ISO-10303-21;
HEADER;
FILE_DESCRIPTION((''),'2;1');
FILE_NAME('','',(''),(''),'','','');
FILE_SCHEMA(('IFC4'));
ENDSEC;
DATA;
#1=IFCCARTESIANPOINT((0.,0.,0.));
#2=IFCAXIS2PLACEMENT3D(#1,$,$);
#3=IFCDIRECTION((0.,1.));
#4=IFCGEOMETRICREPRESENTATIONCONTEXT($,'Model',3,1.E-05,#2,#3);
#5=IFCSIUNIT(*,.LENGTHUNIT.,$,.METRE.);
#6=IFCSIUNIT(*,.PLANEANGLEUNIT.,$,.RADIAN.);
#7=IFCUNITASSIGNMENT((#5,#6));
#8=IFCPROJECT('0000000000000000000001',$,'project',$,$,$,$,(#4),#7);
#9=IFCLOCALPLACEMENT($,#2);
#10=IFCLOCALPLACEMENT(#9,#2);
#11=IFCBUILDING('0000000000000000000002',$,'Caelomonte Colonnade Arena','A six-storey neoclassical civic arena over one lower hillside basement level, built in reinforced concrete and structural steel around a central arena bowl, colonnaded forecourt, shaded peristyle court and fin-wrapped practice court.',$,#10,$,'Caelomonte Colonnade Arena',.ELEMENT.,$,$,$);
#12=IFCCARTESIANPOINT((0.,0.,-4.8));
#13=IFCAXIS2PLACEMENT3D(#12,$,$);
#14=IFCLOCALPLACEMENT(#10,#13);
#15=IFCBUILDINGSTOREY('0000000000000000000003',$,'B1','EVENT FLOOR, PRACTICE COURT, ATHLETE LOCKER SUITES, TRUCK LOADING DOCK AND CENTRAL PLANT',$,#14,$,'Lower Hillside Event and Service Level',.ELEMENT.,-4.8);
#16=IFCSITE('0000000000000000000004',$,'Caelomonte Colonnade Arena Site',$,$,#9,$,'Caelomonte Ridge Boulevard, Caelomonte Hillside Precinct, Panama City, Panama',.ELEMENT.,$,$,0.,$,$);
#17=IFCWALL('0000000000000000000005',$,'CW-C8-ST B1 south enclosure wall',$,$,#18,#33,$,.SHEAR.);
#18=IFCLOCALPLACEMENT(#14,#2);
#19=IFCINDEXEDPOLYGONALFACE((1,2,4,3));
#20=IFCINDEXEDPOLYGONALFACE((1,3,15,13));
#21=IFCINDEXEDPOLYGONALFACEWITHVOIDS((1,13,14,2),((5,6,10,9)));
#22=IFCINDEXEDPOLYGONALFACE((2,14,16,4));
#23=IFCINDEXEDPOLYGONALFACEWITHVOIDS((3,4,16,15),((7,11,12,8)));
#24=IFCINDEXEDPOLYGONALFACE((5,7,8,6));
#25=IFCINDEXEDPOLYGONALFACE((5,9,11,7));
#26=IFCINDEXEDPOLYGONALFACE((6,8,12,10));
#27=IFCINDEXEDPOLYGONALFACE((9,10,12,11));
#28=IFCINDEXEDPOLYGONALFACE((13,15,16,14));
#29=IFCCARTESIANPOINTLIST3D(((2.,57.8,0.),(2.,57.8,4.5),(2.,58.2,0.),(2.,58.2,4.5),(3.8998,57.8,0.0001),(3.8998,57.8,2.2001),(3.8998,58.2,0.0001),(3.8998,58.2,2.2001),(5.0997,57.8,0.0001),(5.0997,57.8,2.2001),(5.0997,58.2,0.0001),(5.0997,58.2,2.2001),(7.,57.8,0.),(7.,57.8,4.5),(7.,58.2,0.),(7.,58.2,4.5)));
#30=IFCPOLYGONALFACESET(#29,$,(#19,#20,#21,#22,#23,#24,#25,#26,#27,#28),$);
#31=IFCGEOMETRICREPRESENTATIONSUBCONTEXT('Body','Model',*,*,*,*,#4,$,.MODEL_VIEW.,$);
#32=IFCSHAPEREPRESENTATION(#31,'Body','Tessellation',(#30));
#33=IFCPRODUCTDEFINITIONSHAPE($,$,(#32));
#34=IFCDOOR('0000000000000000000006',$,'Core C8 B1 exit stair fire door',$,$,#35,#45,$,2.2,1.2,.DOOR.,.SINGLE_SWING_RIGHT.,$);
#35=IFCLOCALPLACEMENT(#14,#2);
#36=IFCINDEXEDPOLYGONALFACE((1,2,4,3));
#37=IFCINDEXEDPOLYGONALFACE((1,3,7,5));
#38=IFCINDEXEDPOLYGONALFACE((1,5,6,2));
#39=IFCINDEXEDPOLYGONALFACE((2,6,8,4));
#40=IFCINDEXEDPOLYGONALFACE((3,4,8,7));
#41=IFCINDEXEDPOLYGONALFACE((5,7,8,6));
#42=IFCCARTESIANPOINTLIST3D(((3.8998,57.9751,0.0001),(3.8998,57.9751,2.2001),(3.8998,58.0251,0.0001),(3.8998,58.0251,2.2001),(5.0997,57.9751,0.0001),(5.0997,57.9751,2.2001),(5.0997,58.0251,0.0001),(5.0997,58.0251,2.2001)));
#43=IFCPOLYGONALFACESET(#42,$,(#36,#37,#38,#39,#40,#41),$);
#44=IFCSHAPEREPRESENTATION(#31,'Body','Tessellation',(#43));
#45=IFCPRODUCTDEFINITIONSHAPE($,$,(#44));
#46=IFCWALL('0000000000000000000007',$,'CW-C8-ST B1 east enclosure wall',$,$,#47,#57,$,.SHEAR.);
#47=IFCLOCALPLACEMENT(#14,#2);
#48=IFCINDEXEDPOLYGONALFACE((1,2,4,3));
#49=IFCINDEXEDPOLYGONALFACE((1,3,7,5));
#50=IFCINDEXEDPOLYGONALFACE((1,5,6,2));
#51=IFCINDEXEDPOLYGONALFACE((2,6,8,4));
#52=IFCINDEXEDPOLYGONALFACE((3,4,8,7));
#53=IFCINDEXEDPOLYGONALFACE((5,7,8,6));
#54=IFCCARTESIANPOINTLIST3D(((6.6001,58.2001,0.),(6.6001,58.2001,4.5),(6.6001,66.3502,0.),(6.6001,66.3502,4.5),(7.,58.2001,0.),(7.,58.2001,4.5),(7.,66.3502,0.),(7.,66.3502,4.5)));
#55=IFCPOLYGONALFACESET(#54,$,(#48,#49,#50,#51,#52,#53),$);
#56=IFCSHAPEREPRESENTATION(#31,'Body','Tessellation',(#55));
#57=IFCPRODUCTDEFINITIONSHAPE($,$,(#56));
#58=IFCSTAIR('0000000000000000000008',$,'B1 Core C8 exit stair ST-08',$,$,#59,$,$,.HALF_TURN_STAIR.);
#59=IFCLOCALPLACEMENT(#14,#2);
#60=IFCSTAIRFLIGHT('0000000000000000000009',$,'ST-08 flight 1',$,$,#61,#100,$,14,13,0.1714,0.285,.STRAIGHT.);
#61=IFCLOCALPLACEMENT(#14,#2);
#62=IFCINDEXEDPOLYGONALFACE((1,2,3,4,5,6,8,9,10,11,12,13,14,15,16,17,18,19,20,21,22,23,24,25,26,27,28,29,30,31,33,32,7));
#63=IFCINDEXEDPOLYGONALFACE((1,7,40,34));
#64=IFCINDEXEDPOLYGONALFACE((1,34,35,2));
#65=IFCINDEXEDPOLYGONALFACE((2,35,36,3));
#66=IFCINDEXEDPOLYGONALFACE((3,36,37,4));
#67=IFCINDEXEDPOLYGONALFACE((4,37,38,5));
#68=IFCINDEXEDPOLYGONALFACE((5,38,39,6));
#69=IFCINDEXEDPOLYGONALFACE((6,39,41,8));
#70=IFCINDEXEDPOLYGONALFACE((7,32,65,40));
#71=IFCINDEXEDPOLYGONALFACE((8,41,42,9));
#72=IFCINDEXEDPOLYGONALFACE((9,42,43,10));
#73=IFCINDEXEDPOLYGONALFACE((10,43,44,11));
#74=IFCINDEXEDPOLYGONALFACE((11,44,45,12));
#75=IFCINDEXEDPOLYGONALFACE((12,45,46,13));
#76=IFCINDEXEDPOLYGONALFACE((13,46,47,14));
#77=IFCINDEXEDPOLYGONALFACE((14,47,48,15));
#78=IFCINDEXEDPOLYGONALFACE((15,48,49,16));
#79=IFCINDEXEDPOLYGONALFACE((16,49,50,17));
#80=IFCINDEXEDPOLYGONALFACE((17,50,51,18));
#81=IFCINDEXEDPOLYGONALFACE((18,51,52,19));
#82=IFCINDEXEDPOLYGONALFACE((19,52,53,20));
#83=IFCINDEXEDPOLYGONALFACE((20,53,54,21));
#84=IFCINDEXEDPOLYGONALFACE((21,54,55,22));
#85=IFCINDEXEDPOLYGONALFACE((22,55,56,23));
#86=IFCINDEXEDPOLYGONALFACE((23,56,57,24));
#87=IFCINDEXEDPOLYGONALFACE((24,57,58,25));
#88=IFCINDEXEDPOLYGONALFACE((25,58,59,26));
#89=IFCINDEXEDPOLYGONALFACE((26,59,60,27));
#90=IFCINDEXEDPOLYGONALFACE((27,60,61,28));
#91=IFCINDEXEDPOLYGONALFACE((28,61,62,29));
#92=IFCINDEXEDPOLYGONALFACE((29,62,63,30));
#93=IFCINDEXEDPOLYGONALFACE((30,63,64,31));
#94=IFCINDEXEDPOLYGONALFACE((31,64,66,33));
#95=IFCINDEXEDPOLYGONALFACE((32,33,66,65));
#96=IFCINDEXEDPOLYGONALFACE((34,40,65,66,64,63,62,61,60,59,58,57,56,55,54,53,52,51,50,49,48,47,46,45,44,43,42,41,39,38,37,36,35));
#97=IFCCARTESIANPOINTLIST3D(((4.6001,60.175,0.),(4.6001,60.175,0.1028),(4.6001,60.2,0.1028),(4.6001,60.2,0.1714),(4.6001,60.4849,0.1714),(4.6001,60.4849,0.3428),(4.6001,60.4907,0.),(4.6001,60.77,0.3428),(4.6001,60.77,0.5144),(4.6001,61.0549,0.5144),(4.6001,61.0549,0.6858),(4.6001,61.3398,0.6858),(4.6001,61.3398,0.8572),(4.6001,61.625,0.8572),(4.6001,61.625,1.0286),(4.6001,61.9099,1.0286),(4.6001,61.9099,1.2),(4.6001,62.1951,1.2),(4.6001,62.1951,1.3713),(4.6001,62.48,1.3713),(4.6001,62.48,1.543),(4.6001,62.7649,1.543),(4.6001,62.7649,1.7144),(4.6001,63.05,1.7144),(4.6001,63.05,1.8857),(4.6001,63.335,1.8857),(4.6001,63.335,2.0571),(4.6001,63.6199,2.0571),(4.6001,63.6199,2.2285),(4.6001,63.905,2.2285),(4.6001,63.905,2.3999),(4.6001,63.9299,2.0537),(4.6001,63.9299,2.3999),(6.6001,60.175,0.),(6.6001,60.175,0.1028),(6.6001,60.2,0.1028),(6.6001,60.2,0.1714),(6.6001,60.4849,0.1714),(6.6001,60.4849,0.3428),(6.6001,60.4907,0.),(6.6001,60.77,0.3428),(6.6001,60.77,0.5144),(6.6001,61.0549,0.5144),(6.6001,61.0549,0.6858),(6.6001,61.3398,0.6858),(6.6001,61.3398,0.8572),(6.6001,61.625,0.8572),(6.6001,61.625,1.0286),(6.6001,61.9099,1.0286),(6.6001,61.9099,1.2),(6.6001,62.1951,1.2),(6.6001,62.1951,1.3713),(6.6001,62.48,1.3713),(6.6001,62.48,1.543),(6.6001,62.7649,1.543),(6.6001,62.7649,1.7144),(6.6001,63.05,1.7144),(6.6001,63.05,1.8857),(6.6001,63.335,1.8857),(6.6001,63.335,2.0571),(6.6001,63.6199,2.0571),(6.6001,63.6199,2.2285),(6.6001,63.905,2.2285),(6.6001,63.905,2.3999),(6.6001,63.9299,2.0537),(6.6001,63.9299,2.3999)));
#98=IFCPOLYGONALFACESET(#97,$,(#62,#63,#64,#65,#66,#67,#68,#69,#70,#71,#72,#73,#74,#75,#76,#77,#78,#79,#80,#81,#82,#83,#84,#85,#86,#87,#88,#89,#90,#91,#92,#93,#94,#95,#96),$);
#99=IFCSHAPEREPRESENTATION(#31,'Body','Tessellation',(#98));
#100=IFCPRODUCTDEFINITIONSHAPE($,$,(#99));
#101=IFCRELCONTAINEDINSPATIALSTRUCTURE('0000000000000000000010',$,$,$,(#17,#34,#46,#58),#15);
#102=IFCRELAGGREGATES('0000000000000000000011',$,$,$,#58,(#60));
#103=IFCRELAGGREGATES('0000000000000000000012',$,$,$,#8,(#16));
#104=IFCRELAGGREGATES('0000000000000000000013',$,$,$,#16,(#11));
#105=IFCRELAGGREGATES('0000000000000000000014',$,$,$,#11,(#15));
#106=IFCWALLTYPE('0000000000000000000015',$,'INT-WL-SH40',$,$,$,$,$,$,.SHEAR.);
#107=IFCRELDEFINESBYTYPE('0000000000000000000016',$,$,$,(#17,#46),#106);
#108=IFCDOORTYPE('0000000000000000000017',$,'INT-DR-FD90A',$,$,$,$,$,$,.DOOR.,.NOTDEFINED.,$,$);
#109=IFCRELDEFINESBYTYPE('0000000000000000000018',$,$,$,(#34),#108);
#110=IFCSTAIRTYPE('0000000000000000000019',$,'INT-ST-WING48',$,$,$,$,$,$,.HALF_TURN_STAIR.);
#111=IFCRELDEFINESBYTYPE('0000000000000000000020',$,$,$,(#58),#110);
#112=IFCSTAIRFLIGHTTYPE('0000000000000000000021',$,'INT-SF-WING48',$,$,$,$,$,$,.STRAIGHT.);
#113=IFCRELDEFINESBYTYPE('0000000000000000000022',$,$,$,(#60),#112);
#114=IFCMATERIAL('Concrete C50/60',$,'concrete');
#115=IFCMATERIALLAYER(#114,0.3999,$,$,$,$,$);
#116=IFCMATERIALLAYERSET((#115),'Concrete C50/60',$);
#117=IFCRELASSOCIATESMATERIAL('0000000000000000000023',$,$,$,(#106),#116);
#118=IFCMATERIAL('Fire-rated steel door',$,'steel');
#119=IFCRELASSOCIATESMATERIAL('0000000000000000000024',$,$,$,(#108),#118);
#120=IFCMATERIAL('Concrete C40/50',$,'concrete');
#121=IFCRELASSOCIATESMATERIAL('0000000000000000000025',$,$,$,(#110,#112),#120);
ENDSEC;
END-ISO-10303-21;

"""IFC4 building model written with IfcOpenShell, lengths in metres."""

from ifc_helpers import new_model, si_unit, direction, frame, frame_2d, origin, place, context, subcontext, project, spatial, polyline, rectangle, outline, extrude, material, layer, layer_set, type_object, element, fill, aggregate, save


model = new_model("IFC4")

# Units and contexts
model_context = context("Model", 3, precision=1e-05, world=origin(), true_north=direction((0.0, 1.0)))
body_context = subcontext(model_context, "Body", "Model", "MODEL_VIEW")
ifc_project = project(units=[si_unit("LENGTHUNIT", "METRE"), si_unit("PLANEANGLEUNIT", "RADIAN")], contexts=[model_context])

# Site, building, storey
site_placement = place(None, origin())
site = spatial("IfcSite", under=ifc_project, at=site_placement, Name="Caelomonte Colonnade Arena Site", LongName="Caelomonte Ridge Boulevard, Caelomonte Hillside Precinct, Panama City, Panama", CompositionType="ELEMENT", RefElevation=0.0)
building_placement = place(site_placement, origin())
building = spatial("IfcBuilding", under=site, at=building_placement, Name="Caelomonte Colonnade Arena", Description="A six-storey neoclassical civic arena over one lower hillside basement level, built in reinforced concrete and structural steel around a central arena bowl, colonnaded forecourt, shaded peristyle court and fin-wrapped practice court.", LongName="Caelomonte Colonnade Arena", CompositionType="ELEMENT")
storey_placement = place(building_placement, frame((0.0, 0.0, -4.8)))
storey = spatial("IfcBuildingStorey", under=building, at=storey_placement, Name="B1", Description="EVENT FLOOR, PRACTICE COURT, ATHLETE LOCKER SUITES, TRUCK LOADING DOCK AND CENTRAL PLANT", LongName="Lower Hillside Event and Service Level", CompositionType="ELEMENT", Elevation=-4.8)

# Shared definitions
ifc_material_1 = material(Name="Concrete C40/50", Category="concrete")

# Wall, opening, door
ifc_material_2 = material(Name="Concrete C50/60", Category="concrete")
ifc_layer_1 = layer(ifc_material_2, 0.3999)
ifc_layer_set_1 = layer_set([ifc_layer_1], Name="Concrete C50/60")
wall_type_1 = type_object("IfcWallType", Name="INT-WL-SH40", PredefinedType="SHEAR", material=ifc_layer_set_1)
wall_1_placement = place(storey_placement, frame((2.0, 58.0, 0.0), z_axis=(0.0, 0.0, 1.0), x_axis=(1.0, 0.0, 0.0)))
wall_1 = element("IfcWall", 1, at=wall_1_placement, inside=storey, type_object=wall_type_1, Name="CW-C8-ST B1 south enclosure wall", PredefinedType="SHEAR", context=body_context, shape_type="SweptSolid", body=[
    extrude(rectangle(XDim=5.0, YDim=0.3999, at=frame_2d((2.5, 0.0))), origin(), (0.0, 0.0, 1.0), 4.5),
])
opening_1_placement = place(wall_1_placement, frame((3.0999, 0.0, 0.0), z_axis=(0.0, 0.0, 1.0), x_axis=(-1.0, 0.0, 0.0)))
opening_1 = element("IfcOpeningElement", 2, at=opening_1_placement, cuts=wall_1, PredefinedType="OPENING", context=body_context, shape_type="SweptSolid", body=[
    extrude(rectangle(XDim=1.2, YDim=2.2, at=frame_2d((0.6001, 1.1001))), frame((0.0, 0.21, 0.0), z_axis=(0.0, -1.0, 0.0), x_axis=(1.0, 0.0, 0.0)), (0.0, 0.0, 1.0), 0.4199),
])
ifc_material_3 = material(Name="Fire-rated steel door", Category="steel")
door_type_1 = type_object("IfcDoorType", Name="INT-DR-FD90A", OperationType="NOTDEFINED", PredefinedType="DOOR", material=ifc_material_3)
door_1_placement = place(opening_1_placement, origin())
door_1 = element("IfcDoor", 3, at=door_1_placement, inside=storey, type_object=door_type_1, Name="Core C8 B1 exit stair fire door", OperationType="SINGLE_SWING_RIGHT", OverallHeight=2.2, OverallWidth=1.2, PredefinedType="DOOR", context=body_context, shape_type="SweptSolid", body=[
    extrude(rectangle(XDim=1.2, YDim=2.2, at=frame_2d((0.6001, 1.1001))), frame((0.0, 0.0249, 0.0), z_axis=(0.0, -1.0, 0.0), x_axis=(1.0, 0.0, 0.0)), (0.0, 0.0, 1.0), 0.05),
])
fill(opening_1, door_1)

# Wall
wall_2_placement = place(storey_placement, frame((6.8, 58.2, 0.0), z_axis=(0.0, 0.0, 1.0), x_axis=(0.0, 1.0, 0.0)))
element("IfcWall", 4, at=wall_2_placement, inside=storey, type_object=wall_type_1, Name="CW-C8-ST B1 east enclosure wall", PredefinedType="SHEAR", context=body_context, shape_type="SweptSolid", body=[
    extrude(rectangle(XDim=8.1501, YDim=0.3999, at=frame_2d((4.0752, 0.0))), origin(), (0.0, 0.0, 1.0), 4.5),
])

# Stair, stair flight
stair_type = type_object("IfcStairType", Name="INT-ST-WING48", PredefinedType="HALF_TURN_STAIR", material=ifc_material_1)
stair_placement = place(storey_placement, origin())
stair = element("IfcStair", 5, at=stair_placement, inside=storey, type_object=stair_type, Name="B1 Core C8 exit stair ST-08", PredefinedType="HALF_TURN_STAIR")
stair_flight_type = type_object("IfcStairFlightType", Name="INT-SF-WING48", PredefinedType="STRAIGHT", material=ifc_material_1)
stair_flight_placement = place(storey_placement, frame((5.6001, 60.2, 0.0), z_axis=(0.0, 0.0, 1.0), x_axis=(0.0, 1.0, 0.0)))
stair_flight = element("IfcStairFlight", 6, at=stair_flight_placement, type_object=stair_flight_type, Name="ST-08 flight 1", NumberOfRisers=14, NumberOfTreads=13, PredefinedType="STRAIGHT", RiserHeight=0.1714, TreadLength=0.285, context=body_context, shape_type="SweptSolid", body=[
    extrude(outline(polyline([(-0.0249, 0.0), (-0.0249, 0.1028), (0.0, 0.1028), (0.0, 0.1714), (0.2849, 0.1714), (0.2849, 0.3428), (0.5701, 0.3428), (0.5701, 0.5144), (0.855, 0.5144), (0.855, 0.6858), (1.1399, 0.6858), (1.1399, 0.8572), (1.425, 0.8572), (1.425, 1.0286), (1.71, 1.0286), (1.71, 1.2), (1.9951, 1.2), (1.9951, 1.3713), (2.28, 1.3713), (2.28, 1.543), (2.5649, 1.543), (2.5649, 1.7144), (2.8501, 1.7144), (2.8501, 1.8857), (3.135, 1.8857), (3.135, 2.0571), (3.4199, 2.0571), (3.4199, 2.2285), (3.7051, 2.2285), (3.7051, 2.3999), (3.73, 2.3999), (3.73, 2.0537), (0.2908, 0.0), (-0.0249, 0.0)])), frame((0.0, 1.0, 0.0), z_axis=(0.0, -1.0, 0.0), x_axis=(1.0, 0.0, 0.0)), (0.0, 0.0, 1.0), 2.0),
])
aggregate(stair, [stair_flight])

save(model, "model.ifc")
